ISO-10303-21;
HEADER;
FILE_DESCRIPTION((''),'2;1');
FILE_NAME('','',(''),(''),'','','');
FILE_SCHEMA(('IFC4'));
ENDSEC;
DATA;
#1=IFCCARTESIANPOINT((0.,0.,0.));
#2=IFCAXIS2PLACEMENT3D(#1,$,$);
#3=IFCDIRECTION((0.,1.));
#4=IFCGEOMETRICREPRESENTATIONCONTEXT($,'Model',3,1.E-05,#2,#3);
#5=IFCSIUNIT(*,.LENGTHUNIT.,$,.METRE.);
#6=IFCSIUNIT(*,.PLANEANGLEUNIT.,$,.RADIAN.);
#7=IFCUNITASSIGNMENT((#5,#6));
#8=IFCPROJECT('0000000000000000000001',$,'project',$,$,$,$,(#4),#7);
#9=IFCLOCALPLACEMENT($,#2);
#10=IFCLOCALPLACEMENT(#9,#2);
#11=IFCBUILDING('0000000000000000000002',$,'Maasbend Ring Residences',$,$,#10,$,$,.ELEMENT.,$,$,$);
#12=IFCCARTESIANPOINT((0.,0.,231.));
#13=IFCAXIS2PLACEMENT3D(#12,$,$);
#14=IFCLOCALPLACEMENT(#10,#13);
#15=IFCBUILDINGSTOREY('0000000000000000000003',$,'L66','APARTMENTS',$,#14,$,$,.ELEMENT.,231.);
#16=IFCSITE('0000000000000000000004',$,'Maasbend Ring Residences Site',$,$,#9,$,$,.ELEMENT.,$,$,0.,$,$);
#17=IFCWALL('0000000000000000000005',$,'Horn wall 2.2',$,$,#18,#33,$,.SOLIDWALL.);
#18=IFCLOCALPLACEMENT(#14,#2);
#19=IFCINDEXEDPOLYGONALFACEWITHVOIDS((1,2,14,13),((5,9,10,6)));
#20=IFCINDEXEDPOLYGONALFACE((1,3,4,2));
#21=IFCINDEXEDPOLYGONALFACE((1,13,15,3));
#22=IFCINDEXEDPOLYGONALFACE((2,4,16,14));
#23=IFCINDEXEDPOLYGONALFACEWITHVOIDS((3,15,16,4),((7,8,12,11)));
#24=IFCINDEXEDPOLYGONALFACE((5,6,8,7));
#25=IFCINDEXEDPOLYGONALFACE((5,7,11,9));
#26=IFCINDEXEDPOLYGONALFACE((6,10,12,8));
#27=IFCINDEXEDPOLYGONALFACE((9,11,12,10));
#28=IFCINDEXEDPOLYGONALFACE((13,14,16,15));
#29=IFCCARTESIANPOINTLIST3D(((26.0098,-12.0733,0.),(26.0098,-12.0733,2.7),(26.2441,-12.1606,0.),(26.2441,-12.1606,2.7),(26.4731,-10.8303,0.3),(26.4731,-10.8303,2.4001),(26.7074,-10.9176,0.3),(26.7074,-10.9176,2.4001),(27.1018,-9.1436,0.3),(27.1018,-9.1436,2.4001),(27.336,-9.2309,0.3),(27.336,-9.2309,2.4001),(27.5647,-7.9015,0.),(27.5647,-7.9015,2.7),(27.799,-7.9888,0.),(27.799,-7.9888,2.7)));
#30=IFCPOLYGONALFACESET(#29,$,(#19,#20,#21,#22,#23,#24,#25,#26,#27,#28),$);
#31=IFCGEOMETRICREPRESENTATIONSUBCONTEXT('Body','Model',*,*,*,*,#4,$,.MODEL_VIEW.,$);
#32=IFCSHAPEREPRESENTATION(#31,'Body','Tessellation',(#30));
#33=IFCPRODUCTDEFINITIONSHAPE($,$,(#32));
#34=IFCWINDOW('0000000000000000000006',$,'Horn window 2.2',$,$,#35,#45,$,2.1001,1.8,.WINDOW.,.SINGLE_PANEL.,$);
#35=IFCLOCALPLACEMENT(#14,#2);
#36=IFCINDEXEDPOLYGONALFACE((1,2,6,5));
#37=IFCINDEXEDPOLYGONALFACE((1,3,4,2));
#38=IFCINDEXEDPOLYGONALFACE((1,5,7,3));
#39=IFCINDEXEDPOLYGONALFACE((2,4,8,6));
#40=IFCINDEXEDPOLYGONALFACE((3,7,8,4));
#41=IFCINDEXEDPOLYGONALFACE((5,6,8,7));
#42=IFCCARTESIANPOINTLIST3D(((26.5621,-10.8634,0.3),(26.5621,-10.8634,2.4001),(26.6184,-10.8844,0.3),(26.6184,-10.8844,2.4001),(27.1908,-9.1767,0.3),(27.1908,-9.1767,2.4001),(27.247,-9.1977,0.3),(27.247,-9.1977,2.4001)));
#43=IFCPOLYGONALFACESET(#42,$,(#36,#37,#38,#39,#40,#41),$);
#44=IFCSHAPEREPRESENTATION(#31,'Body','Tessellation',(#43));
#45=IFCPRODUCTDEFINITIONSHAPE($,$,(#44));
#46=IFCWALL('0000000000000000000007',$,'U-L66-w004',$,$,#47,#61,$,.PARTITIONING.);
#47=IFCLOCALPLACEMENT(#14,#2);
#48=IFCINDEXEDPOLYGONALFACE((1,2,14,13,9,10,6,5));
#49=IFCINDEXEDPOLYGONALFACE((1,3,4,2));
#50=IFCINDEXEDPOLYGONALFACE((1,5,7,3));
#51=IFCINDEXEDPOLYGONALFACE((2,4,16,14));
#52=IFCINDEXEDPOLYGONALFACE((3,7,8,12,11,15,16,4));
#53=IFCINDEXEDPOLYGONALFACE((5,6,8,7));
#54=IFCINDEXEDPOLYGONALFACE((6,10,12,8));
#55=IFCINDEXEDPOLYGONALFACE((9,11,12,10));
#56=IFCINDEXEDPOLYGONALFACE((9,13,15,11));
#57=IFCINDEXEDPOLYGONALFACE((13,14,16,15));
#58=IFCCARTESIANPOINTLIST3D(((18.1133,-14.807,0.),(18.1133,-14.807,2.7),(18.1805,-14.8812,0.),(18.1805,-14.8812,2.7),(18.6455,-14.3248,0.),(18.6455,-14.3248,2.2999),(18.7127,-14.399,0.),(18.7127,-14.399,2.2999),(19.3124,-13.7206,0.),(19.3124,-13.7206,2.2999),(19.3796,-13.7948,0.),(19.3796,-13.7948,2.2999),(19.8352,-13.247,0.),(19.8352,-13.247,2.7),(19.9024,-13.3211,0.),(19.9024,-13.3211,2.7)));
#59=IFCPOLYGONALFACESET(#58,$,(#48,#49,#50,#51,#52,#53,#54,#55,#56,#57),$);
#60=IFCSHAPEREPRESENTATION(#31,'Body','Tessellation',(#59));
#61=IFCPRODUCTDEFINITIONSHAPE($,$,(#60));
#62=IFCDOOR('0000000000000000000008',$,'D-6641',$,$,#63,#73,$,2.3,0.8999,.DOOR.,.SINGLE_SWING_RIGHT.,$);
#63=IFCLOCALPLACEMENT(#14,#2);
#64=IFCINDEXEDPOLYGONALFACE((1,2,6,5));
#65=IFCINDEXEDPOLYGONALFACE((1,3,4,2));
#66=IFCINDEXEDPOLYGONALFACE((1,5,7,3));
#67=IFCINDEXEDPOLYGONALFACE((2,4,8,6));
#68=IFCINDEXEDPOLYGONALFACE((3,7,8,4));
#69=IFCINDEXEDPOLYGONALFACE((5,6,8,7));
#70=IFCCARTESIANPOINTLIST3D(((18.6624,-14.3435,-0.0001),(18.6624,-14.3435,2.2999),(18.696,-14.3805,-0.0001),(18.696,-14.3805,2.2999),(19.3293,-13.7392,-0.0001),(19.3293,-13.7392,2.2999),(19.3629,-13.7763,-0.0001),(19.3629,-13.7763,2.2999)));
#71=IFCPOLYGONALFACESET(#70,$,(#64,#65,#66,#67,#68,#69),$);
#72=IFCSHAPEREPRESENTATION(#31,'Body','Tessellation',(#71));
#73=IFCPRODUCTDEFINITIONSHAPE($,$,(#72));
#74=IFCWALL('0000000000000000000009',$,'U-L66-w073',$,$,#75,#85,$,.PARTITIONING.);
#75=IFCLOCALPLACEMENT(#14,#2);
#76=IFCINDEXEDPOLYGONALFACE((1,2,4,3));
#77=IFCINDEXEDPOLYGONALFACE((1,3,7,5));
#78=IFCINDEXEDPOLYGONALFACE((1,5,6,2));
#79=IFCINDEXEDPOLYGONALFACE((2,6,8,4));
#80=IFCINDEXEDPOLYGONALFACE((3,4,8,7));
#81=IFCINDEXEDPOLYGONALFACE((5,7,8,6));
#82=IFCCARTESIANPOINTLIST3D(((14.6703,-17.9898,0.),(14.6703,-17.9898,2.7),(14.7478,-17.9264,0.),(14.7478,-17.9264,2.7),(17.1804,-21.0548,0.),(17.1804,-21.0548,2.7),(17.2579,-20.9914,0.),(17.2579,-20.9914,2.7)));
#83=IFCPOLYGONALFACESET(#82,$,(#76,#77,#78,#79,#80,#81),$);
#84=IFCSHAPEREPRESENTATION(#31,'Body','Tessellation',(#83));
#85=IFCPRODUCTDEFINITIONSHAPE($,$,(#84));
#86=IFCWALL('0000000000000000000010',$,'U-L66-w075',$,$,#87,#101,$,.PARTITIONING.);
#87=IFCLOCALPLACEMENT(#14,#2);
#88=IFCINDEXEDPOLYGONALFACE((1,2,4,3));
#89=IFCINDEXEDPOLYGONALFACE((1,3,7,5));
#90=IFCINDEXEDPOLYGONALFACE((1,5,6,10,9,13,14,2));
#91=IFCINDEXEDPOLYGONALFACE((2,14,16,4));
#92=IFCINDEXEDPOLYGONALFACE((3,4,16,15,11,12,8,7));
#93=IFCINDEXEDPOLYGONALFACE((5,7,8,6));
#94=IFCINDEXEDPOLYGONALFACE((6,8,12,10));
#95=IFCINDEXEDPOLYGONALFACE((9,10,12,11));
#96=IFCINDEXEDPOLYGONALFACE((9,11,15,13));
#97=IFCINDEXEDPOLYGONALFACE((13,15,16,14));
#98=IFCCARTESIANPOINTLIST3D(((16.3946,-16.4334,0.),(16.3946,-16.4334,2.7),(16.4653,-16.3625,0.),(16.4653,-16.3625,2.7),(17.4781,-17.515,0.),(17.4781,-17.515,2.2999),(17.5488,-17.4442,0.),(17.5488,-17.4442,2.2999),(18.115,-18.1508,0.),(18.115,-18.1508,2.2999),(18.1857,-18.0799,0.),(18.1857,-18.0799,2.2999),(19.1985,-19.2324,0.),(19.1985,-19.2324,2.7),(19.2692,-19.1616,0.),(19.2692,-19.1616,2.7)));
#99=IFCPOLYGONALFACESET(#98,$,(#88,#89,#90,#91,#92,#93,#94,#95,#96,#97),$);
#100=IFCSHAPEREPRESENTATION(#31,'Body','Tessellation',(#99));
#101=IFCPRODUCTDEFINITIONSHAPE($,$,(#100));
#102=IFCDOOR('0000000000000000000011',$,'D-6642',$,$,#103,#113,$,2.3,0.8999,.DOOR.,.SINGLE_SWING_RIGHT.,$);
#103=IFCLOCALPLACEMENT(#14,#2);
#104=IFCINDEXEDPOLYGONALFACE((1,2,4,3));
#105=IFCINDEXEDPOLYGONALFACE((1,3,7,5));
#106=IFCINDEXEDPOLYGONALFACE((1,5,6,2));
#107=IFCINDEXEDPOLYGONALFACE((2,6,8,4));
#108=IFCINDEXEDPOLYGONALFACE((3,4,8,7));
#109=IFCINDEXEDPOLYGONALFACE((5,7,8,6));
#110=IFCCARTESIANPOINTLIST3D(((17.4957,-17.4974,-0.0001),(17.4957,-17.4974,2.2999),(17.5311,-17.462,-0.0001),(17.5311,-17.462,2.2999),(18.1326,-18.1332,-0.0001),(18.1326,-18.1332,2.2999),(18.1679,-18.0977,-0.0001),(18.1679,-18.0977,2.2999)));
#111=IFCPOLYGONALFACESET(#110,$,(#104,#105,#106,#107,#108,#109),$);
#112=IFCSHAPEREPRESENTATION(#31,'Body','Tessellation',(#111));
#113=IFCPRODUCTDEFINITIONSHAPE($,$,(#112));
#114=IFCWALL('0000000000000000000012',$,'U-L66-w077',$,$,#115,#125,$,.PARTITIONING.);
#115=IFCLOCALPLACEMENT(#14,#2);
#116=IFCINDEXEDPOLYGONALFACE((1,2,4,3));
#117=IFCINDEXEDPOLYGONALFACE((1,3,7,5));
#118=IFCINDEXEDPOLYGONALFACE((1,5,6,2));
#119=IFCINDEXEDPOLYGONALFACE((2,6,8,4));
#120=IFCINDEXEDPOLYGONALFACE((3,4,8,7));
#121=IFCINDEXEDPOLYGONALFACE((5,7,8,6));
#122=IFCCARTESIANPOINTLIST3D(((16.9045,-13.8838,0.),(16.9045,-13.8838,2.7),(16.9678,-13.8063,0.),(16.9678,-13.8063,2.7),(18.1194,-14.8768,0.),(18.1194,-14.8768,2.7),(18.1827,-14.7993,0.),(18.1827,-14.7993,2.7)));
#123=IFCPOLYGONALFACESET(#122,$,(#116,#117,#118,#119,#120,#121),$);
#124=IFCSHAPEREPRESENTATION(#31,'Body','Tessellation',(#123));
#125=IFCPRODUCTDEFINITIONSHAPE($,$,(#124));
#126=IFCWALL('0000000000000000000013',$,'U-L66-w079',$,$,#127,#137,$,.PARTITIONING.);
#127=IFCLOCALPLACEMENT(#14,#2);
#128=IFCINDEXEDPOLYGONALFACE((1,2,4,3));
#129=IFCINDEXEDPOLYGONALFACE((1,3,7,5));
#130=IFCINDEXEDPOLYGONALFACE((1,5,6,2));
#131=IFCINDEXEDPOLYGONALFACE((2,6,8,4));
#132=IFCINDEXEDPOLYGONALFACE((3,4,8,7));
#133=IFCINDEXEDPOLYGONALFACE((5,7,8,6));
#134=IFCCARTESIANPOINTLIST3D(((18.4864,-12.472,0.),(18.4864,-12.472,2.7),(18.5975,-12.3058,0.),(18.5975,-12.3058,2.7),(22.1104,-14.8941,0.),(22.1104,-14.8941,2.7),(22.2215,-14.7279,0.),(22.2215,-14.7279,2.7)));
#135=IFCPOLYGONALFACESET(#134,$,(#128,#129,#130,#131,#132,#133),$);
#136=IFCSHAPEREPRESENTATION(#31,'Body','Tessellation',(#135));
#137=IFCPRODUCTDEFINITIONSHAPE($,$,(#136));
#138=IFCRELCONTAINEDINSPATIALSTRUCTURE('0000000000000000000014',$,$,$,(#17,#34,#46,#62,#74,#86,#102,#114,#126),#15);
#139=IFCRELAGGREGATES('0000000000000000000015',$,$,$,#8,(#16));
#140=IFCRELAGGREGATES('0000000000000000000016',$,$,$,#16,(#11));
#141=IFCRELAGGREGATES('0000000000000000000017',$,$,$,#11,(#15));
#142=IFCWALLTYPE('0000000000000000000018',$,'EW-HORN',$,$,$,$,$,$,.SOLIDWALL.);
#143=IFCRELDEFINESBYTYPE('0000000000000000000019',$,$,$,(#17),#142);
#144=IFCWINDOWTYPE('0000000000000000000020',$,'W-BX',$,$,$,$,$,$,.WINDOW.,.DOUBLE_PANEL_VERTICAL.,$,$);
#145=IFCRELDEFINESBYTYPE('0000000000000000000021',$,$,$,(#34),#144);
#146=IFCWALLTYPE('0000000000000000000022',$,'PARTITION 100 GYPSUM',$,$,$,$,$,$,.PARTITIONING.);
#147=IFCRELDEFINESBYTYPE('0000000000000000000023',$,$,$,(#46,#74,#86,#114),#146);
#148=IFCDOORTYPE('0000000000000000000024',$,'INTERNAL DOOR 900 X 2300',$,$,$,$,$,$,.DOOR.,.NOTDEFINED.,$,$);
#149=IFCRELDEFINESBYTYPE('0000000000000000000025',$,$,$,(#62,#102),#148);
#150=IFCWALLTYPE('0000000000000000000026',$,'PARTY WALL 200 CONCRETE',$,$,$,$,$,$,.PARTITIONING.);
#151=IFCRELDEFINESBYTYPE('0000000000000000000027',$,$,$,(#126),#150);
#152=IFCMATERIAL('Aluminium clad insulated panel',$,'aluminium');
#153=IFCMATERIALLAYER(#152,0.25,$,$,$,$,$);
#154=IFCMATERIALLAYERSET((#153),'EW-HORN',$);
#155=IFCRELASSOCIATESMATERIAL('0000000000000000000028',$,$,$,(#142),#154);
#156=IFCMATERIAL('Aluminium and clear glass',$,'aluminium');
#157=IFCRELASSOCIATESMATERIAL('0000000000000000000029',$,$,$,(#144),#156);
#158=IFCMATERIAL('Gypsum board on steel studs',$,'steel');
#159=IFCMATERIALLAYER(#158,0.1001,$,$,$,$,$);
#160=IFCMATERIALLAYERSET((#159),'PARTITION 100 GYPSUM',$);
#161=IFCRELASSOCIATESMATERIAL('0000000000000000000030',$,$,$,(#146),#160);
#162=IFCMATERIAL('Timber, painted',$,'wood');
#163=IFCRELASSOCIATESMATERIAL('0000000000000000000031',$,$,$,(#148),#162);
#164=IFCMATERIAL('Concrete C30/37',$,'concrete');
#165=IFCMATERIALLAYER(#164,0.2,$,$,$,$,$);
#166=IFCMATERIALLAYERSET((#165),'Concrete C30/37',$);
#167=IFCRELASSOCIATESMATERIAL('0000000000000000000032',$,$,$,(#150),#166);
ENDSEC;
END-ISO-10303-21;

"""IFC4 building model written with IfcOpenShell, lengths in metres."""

from ifc_helpers import new_model, si_unit, direction, frame, frame_2d, origin, place, context, subcontext, project, spatial, rectangle, extrude, material, layer, layer_set, type_object, element, fill, save


model = new_model("IFC4")

# Units and contexts
model_context = context("Model", 3, precision=1e-05, world=origin(), true_north=direction((0.0, 1.0)))
body_context = subcontext(model_context, "Body", "Model", "MODEL_VIEW")
ifc_project = project(units=[si_unit("LENGTHUNIT", "METRE"), si_unit("PLANEANGLEUNIT", "RADIAN")], contexts=[model_context])

# Site, building, storey
site_placement = place(None, origin())
site = spatial("IfcSite", under=ifc_project, at=site_placement, Name="Maasbend Ring Residences Site", CompositionType="ELEMENT", RefElevation=0.0)
building_placement = place(site_placement, origin())
building = spatial("IfcBuilding", under=site, at=building_placement, Name="Maasbend Ring Residences", CompositionType="ELEMENT")
storey_placement = place(building_placement, frame((0.0, 0.0, 231.0)))
storey = spatial("IfcBuildingStorey", under=building, at=storey_placement, Name="L66", Description="APARTMENTS", CompositionType="ELEMENT", Elevation=231.0)

# Wall, opening, window
ifc_material_1 = material(Name="Aluminium clad insulated panel", Category="aluminium")
ifc_layer_1 = layer(ifc_material_1, 0.25)
ifc_layer_set_1 = layer_set([ifc_layer_1], Name="EW-HORN")
wall_type_1 = type_object("IfcWallType", Name="EW-HORN", PredefinedType="SOLIDWALL", material=ifc_layer_set_1)
ifc_material_2 = material(Name="Aluminium and clear glass", Category="aluminium")
window_type = type_object("IfcWindowType", Name="W-BX", PartitioningType="DOUBLE_PANEL_VERTICAL", PredefinedType="WINDOW", material=ifc_material_2)
wall_1_placement = place(storey_placement, frame((26.127, -12.1169, 0.0), z_axis=(0.0, 0.0, 1.0), x_axis=(0.349248, 0.93703, 0.0)))
wall_1 = element("IfcWall", 1, at=wall_1_placement, inside=storey, type_object=wall_type_1, Name="Horn wall 2.2", PredefinedType="SOLIDWALL", context=body_context, shape_type="SweptSolid", body=[
    extrude(rectangle(XDim=4.4521, YDim=0.25, at=frame_2d((2.2261, 0.0))), origin(), (0.0, 0.0, 1.0), 2.7),
])
opening_1_placement = place(wall_1_placement, frame((1.3267, 0.0, 0.3)))
opening_1 = element("IfcOpeningElement", 2, at=opening_1_placement, cuts=wall_1, PredefinedType="OPENING", context=body_context, shape_type="SweptSolid", body=[
    extrude(rectangle(XDim=1.8, YDim=2.1001, at=frame_2d((0.8999, 1.05))), frame((0.0, 0.135, 0.0), z_axis=(0.0, -1.0, 0.0), x_axis=(1.0, 0.0, 0.0)), (0.0, 0.0, 1.0), 0.27),
])
window_1_placement = place(opening_1_placement, origin())
window_1 = element("IfcWindow", 3, at=window_1_placement, inside=storey, type_object=window_type, Name="Horn window 2.2", OverallHeight=2.1001, OverallWidth=1.8, PartitioningType="SINGLE_PANEL", PredefinedType="WINDOW", context=body_context, shape_type="SweptSolid", body=[
    extrude(rectangle(XDim=1.8, YDim=2.1001, at=frame_2d((0.8999, 1.05))), frame((0.0, 0.03, 0.0), z_axis=(0.0, -1.0, 0.0), x_axis=(1.0, 0.0, 0.0)), (0.0, 0.0, 1.0), 0.0601),
])
fill(opening_1, window_1)

# Wall, opening, door
ifc_material_3 = material(Name="Gypsum board on steel studs", Category="steel")
ifc_layer_2 = layer(ifc_material_3, 0.1001)
ifc_layer_set_2 = layer_set([ifc_layer_2], Name="PARTITION 100 GYPSUM")
wall_type_2 = type_object("IfcWallType", Name="PARTITION 100 GYPSUM", PredefinedType="PARTITIONING", material=ifc_layer_set_2)
wall_2_placement = place(storey_placement, frame((18.147, -14.844, 0.0), z_axis=(0.0, 0.0, 1.0), x_axis=(0.74108, 0.671417, 0.0)))
wall_2 = element("IfcWall", 4, at=wall_2_placement, inside=storey, type_object=wall_type_2, Name="U-L66-w004", PredefinedType="PARTITIONING", context=body_context, shape_type="SweptSolid", body=[
    extrude(rectangle(XDim=2.3235, YDim=0.1001, at=frame_2d((1.1616, 0.0))), origin(), (0.0, 0.0, 1.0), 2.7),
])
opening_2_placement = place(wall_2_placement, frame((0.718, 0.0, 0.0)))
opening_2 = element("IfcOpeningElement", 5, at=opening_2_placement, cuts=wall_2, PredefinedType="OPENING", context=body_context, shape_type="SweptSolid", body=[
    extrude(rectangle(XDim=0.8999, YDim=2.3, at=frame_2d((0.45, 1.1499))), frame((0.0, 0.0601, 0.0), z_axis=(0.0, -1.0, 0.0), x_axis=(1.0, 0.0, 0.0)), (0.0, 0.0, 1.0), 0.1201),
])
ifc_material_4 = material(Name="Timber, painted", Category="wood")
door_type_1 = type_object("IfcDoorType", Name="INTERNAL DOOR 900 X 2300", OperationType="NOTDEFINED", PredefinedType="DOOR", material=ifc_material_4)
door_1_placement = place(opening_2_placement, origin())
door_1 = element("IfcDoor", 6, at=door_1_placement, inside=storey, type_object=door_type_1, Name="D-6641", OperationType="SINGLE_SWING_RIGHT", OverallHeight=2.3, OverallWidth=0.8999, PredefinedType="DOOR", context=body_context, shape_type="SweptSolid", body=[
    extrude(rectangle(XDim=0.8999, YDim=2.3, at=frame_2d((0.45, 1.1499))), frame((0.0, 0.0249, 0.0), z_axis=(0.0, -1.0, 0.0), x_axis=(1.0, 0.0, 0.0)), (0.0, 0.0, 1.0), 0.05),
])
fill(opening_2, door_1)

# Wall
wall_3_placement = place(storey_placement, frame((14.709, -17.958, 0.0), z_axis=(0.0, 0.0, 1.0), x_axis=(0.63359, -0.773669, 0.0)))
element("IfcWall", 7, at=wall_3_placement, inside=storey, type_object=wall_type_2, Name="U-L66-w073", PredefinedType="PARTITIONING", context=body_context, shape_type="SweptSolid", body=[
    extrude(rectangle(XDim=3.9617, YDim=0.1001, at=frame_2d((1.981, 0.0))), origin(), (0.0, 0.0, 1.0), 2.7),
])

# Wall, opening, door
wall_4_placement = place(storey_placement, frame((16.4299, -16.3979, 0.0), z_axis=(0.0, 0.0, 1.0), x_axis=(0.707723, -0.70649, 0.0)))
wall_4 = element("IfcWall", 8, at=wall_4_placement, inside=storey, type_object=wall_type_2, Name="U-L66-w075", PredefinedType="PARTITIONING", context=body_context, shape_type="SweptSolid", body=[
    extrude(rectangle(XDim=3.9619, YDim=0.1001, at=frame_2d((1.981, 0.0))), origin(), (0.0, 0.0, 1.0), 2.7),
])
opening_3_placement = place(wall_4_placement, frame((1.531, 0.0, 0.0)))
opening_3 = element("IfcOpeningElement", 9, at=opening_3_placement, cuts=wall_4, PredefinedType="OPENING", context=body_context, shape_type="SweptSolid", body=[
    extrude(rectangle(XDim=0.8999, YDim=2.3, at=frame_2d((0.45, 1.1499))), frame((0.0, 0.0601, 0.0), z_axis=(0.0, -1.0, 0.0), x_axis=(1.0, 0.0, 0.0)), (0.0, 0.0, 1.0), 0.1201),
])
door_2_placement = place(opening_3_placement, origin())
door_2 = element("IfcDoor", 10, at=door_2_placement, inside=storey, type_object=door_type_1, Name="D-6642", OperationType="SINGLE_SWING_RIGHT", OverallHeight=2.3, OverallWidth=0.8999, PredefinedType="DOOR", context=body_context, shape_type="SweptSolid", body=[
    extrude(rectangle(XDim=0.8999, YDim=2.3, at=frame_2d((0.45, 1.1499))), frame((0.0, 0.0249, 0.0), z_axis=(0.0, -1.0, 0.0), x_axis=(1.0, 0.0, 0.0)), (0.0, 0.0, 1.0), 0.05),
])
fill(opening_3, door_2)

# Walls
wall_5_placement = place(storey_placement, frame((16.936, -13.845, 0.0), z_axis=(0.0, 0.0, 1.0), x_axis=(0.774283, -0.632839, 0.0)))
element("IfcWall", 11, at=wall_5_placement, inside=storey, type_object=wall_type_2, Name="U-L66-w077", PredefinedType="PARTITIONING", context=body_context, shape_type="SweptSolid", body=[
    extrude(rectangle(XDim=1.5691, YDim=0.1001, at=frame_2d((0.7847, 0.0))), origin(), (0.0, 0.0, 1.0), 2.7),
])
ifc_material_5 = material(Name="Concrete C30/37", Category="concrete")
ifc_layer_3 = layer(ifc_material_5, 0.2)
ifc_layer_set_3 = layer_set([ifc_layer_3], Name="Concrete C30/37")
wall_type_3 = type_object("IfcWallType", Name="PARTY WALL 200 CONCRETE", PredefinedType="PARTITIONING", material=ifc_layer_set_3)
wall_6_placement = place(storey_placement, frame((18.542, -12.3889, 0.0), z_axis=(0.0, 0.0, 1.0), x_axis=(0.831403, -0.555669, 0.0)))
element("IfcWall", 12, at=wall_6_placement, inside=storey, type_object=wall_type_3, Name="U-L66-w079", PredefinedType="PARTITIONING", context=body_context, shape_type="SweptSolid", body=[
    extrude(rectangle(XDim=4.3589, YDim=0.2, at=frame_2d((2.1794, 0.0))), origin(), (0.0, 0.0, 1.0), 2.7),
])

save(model, "model.ifc")
